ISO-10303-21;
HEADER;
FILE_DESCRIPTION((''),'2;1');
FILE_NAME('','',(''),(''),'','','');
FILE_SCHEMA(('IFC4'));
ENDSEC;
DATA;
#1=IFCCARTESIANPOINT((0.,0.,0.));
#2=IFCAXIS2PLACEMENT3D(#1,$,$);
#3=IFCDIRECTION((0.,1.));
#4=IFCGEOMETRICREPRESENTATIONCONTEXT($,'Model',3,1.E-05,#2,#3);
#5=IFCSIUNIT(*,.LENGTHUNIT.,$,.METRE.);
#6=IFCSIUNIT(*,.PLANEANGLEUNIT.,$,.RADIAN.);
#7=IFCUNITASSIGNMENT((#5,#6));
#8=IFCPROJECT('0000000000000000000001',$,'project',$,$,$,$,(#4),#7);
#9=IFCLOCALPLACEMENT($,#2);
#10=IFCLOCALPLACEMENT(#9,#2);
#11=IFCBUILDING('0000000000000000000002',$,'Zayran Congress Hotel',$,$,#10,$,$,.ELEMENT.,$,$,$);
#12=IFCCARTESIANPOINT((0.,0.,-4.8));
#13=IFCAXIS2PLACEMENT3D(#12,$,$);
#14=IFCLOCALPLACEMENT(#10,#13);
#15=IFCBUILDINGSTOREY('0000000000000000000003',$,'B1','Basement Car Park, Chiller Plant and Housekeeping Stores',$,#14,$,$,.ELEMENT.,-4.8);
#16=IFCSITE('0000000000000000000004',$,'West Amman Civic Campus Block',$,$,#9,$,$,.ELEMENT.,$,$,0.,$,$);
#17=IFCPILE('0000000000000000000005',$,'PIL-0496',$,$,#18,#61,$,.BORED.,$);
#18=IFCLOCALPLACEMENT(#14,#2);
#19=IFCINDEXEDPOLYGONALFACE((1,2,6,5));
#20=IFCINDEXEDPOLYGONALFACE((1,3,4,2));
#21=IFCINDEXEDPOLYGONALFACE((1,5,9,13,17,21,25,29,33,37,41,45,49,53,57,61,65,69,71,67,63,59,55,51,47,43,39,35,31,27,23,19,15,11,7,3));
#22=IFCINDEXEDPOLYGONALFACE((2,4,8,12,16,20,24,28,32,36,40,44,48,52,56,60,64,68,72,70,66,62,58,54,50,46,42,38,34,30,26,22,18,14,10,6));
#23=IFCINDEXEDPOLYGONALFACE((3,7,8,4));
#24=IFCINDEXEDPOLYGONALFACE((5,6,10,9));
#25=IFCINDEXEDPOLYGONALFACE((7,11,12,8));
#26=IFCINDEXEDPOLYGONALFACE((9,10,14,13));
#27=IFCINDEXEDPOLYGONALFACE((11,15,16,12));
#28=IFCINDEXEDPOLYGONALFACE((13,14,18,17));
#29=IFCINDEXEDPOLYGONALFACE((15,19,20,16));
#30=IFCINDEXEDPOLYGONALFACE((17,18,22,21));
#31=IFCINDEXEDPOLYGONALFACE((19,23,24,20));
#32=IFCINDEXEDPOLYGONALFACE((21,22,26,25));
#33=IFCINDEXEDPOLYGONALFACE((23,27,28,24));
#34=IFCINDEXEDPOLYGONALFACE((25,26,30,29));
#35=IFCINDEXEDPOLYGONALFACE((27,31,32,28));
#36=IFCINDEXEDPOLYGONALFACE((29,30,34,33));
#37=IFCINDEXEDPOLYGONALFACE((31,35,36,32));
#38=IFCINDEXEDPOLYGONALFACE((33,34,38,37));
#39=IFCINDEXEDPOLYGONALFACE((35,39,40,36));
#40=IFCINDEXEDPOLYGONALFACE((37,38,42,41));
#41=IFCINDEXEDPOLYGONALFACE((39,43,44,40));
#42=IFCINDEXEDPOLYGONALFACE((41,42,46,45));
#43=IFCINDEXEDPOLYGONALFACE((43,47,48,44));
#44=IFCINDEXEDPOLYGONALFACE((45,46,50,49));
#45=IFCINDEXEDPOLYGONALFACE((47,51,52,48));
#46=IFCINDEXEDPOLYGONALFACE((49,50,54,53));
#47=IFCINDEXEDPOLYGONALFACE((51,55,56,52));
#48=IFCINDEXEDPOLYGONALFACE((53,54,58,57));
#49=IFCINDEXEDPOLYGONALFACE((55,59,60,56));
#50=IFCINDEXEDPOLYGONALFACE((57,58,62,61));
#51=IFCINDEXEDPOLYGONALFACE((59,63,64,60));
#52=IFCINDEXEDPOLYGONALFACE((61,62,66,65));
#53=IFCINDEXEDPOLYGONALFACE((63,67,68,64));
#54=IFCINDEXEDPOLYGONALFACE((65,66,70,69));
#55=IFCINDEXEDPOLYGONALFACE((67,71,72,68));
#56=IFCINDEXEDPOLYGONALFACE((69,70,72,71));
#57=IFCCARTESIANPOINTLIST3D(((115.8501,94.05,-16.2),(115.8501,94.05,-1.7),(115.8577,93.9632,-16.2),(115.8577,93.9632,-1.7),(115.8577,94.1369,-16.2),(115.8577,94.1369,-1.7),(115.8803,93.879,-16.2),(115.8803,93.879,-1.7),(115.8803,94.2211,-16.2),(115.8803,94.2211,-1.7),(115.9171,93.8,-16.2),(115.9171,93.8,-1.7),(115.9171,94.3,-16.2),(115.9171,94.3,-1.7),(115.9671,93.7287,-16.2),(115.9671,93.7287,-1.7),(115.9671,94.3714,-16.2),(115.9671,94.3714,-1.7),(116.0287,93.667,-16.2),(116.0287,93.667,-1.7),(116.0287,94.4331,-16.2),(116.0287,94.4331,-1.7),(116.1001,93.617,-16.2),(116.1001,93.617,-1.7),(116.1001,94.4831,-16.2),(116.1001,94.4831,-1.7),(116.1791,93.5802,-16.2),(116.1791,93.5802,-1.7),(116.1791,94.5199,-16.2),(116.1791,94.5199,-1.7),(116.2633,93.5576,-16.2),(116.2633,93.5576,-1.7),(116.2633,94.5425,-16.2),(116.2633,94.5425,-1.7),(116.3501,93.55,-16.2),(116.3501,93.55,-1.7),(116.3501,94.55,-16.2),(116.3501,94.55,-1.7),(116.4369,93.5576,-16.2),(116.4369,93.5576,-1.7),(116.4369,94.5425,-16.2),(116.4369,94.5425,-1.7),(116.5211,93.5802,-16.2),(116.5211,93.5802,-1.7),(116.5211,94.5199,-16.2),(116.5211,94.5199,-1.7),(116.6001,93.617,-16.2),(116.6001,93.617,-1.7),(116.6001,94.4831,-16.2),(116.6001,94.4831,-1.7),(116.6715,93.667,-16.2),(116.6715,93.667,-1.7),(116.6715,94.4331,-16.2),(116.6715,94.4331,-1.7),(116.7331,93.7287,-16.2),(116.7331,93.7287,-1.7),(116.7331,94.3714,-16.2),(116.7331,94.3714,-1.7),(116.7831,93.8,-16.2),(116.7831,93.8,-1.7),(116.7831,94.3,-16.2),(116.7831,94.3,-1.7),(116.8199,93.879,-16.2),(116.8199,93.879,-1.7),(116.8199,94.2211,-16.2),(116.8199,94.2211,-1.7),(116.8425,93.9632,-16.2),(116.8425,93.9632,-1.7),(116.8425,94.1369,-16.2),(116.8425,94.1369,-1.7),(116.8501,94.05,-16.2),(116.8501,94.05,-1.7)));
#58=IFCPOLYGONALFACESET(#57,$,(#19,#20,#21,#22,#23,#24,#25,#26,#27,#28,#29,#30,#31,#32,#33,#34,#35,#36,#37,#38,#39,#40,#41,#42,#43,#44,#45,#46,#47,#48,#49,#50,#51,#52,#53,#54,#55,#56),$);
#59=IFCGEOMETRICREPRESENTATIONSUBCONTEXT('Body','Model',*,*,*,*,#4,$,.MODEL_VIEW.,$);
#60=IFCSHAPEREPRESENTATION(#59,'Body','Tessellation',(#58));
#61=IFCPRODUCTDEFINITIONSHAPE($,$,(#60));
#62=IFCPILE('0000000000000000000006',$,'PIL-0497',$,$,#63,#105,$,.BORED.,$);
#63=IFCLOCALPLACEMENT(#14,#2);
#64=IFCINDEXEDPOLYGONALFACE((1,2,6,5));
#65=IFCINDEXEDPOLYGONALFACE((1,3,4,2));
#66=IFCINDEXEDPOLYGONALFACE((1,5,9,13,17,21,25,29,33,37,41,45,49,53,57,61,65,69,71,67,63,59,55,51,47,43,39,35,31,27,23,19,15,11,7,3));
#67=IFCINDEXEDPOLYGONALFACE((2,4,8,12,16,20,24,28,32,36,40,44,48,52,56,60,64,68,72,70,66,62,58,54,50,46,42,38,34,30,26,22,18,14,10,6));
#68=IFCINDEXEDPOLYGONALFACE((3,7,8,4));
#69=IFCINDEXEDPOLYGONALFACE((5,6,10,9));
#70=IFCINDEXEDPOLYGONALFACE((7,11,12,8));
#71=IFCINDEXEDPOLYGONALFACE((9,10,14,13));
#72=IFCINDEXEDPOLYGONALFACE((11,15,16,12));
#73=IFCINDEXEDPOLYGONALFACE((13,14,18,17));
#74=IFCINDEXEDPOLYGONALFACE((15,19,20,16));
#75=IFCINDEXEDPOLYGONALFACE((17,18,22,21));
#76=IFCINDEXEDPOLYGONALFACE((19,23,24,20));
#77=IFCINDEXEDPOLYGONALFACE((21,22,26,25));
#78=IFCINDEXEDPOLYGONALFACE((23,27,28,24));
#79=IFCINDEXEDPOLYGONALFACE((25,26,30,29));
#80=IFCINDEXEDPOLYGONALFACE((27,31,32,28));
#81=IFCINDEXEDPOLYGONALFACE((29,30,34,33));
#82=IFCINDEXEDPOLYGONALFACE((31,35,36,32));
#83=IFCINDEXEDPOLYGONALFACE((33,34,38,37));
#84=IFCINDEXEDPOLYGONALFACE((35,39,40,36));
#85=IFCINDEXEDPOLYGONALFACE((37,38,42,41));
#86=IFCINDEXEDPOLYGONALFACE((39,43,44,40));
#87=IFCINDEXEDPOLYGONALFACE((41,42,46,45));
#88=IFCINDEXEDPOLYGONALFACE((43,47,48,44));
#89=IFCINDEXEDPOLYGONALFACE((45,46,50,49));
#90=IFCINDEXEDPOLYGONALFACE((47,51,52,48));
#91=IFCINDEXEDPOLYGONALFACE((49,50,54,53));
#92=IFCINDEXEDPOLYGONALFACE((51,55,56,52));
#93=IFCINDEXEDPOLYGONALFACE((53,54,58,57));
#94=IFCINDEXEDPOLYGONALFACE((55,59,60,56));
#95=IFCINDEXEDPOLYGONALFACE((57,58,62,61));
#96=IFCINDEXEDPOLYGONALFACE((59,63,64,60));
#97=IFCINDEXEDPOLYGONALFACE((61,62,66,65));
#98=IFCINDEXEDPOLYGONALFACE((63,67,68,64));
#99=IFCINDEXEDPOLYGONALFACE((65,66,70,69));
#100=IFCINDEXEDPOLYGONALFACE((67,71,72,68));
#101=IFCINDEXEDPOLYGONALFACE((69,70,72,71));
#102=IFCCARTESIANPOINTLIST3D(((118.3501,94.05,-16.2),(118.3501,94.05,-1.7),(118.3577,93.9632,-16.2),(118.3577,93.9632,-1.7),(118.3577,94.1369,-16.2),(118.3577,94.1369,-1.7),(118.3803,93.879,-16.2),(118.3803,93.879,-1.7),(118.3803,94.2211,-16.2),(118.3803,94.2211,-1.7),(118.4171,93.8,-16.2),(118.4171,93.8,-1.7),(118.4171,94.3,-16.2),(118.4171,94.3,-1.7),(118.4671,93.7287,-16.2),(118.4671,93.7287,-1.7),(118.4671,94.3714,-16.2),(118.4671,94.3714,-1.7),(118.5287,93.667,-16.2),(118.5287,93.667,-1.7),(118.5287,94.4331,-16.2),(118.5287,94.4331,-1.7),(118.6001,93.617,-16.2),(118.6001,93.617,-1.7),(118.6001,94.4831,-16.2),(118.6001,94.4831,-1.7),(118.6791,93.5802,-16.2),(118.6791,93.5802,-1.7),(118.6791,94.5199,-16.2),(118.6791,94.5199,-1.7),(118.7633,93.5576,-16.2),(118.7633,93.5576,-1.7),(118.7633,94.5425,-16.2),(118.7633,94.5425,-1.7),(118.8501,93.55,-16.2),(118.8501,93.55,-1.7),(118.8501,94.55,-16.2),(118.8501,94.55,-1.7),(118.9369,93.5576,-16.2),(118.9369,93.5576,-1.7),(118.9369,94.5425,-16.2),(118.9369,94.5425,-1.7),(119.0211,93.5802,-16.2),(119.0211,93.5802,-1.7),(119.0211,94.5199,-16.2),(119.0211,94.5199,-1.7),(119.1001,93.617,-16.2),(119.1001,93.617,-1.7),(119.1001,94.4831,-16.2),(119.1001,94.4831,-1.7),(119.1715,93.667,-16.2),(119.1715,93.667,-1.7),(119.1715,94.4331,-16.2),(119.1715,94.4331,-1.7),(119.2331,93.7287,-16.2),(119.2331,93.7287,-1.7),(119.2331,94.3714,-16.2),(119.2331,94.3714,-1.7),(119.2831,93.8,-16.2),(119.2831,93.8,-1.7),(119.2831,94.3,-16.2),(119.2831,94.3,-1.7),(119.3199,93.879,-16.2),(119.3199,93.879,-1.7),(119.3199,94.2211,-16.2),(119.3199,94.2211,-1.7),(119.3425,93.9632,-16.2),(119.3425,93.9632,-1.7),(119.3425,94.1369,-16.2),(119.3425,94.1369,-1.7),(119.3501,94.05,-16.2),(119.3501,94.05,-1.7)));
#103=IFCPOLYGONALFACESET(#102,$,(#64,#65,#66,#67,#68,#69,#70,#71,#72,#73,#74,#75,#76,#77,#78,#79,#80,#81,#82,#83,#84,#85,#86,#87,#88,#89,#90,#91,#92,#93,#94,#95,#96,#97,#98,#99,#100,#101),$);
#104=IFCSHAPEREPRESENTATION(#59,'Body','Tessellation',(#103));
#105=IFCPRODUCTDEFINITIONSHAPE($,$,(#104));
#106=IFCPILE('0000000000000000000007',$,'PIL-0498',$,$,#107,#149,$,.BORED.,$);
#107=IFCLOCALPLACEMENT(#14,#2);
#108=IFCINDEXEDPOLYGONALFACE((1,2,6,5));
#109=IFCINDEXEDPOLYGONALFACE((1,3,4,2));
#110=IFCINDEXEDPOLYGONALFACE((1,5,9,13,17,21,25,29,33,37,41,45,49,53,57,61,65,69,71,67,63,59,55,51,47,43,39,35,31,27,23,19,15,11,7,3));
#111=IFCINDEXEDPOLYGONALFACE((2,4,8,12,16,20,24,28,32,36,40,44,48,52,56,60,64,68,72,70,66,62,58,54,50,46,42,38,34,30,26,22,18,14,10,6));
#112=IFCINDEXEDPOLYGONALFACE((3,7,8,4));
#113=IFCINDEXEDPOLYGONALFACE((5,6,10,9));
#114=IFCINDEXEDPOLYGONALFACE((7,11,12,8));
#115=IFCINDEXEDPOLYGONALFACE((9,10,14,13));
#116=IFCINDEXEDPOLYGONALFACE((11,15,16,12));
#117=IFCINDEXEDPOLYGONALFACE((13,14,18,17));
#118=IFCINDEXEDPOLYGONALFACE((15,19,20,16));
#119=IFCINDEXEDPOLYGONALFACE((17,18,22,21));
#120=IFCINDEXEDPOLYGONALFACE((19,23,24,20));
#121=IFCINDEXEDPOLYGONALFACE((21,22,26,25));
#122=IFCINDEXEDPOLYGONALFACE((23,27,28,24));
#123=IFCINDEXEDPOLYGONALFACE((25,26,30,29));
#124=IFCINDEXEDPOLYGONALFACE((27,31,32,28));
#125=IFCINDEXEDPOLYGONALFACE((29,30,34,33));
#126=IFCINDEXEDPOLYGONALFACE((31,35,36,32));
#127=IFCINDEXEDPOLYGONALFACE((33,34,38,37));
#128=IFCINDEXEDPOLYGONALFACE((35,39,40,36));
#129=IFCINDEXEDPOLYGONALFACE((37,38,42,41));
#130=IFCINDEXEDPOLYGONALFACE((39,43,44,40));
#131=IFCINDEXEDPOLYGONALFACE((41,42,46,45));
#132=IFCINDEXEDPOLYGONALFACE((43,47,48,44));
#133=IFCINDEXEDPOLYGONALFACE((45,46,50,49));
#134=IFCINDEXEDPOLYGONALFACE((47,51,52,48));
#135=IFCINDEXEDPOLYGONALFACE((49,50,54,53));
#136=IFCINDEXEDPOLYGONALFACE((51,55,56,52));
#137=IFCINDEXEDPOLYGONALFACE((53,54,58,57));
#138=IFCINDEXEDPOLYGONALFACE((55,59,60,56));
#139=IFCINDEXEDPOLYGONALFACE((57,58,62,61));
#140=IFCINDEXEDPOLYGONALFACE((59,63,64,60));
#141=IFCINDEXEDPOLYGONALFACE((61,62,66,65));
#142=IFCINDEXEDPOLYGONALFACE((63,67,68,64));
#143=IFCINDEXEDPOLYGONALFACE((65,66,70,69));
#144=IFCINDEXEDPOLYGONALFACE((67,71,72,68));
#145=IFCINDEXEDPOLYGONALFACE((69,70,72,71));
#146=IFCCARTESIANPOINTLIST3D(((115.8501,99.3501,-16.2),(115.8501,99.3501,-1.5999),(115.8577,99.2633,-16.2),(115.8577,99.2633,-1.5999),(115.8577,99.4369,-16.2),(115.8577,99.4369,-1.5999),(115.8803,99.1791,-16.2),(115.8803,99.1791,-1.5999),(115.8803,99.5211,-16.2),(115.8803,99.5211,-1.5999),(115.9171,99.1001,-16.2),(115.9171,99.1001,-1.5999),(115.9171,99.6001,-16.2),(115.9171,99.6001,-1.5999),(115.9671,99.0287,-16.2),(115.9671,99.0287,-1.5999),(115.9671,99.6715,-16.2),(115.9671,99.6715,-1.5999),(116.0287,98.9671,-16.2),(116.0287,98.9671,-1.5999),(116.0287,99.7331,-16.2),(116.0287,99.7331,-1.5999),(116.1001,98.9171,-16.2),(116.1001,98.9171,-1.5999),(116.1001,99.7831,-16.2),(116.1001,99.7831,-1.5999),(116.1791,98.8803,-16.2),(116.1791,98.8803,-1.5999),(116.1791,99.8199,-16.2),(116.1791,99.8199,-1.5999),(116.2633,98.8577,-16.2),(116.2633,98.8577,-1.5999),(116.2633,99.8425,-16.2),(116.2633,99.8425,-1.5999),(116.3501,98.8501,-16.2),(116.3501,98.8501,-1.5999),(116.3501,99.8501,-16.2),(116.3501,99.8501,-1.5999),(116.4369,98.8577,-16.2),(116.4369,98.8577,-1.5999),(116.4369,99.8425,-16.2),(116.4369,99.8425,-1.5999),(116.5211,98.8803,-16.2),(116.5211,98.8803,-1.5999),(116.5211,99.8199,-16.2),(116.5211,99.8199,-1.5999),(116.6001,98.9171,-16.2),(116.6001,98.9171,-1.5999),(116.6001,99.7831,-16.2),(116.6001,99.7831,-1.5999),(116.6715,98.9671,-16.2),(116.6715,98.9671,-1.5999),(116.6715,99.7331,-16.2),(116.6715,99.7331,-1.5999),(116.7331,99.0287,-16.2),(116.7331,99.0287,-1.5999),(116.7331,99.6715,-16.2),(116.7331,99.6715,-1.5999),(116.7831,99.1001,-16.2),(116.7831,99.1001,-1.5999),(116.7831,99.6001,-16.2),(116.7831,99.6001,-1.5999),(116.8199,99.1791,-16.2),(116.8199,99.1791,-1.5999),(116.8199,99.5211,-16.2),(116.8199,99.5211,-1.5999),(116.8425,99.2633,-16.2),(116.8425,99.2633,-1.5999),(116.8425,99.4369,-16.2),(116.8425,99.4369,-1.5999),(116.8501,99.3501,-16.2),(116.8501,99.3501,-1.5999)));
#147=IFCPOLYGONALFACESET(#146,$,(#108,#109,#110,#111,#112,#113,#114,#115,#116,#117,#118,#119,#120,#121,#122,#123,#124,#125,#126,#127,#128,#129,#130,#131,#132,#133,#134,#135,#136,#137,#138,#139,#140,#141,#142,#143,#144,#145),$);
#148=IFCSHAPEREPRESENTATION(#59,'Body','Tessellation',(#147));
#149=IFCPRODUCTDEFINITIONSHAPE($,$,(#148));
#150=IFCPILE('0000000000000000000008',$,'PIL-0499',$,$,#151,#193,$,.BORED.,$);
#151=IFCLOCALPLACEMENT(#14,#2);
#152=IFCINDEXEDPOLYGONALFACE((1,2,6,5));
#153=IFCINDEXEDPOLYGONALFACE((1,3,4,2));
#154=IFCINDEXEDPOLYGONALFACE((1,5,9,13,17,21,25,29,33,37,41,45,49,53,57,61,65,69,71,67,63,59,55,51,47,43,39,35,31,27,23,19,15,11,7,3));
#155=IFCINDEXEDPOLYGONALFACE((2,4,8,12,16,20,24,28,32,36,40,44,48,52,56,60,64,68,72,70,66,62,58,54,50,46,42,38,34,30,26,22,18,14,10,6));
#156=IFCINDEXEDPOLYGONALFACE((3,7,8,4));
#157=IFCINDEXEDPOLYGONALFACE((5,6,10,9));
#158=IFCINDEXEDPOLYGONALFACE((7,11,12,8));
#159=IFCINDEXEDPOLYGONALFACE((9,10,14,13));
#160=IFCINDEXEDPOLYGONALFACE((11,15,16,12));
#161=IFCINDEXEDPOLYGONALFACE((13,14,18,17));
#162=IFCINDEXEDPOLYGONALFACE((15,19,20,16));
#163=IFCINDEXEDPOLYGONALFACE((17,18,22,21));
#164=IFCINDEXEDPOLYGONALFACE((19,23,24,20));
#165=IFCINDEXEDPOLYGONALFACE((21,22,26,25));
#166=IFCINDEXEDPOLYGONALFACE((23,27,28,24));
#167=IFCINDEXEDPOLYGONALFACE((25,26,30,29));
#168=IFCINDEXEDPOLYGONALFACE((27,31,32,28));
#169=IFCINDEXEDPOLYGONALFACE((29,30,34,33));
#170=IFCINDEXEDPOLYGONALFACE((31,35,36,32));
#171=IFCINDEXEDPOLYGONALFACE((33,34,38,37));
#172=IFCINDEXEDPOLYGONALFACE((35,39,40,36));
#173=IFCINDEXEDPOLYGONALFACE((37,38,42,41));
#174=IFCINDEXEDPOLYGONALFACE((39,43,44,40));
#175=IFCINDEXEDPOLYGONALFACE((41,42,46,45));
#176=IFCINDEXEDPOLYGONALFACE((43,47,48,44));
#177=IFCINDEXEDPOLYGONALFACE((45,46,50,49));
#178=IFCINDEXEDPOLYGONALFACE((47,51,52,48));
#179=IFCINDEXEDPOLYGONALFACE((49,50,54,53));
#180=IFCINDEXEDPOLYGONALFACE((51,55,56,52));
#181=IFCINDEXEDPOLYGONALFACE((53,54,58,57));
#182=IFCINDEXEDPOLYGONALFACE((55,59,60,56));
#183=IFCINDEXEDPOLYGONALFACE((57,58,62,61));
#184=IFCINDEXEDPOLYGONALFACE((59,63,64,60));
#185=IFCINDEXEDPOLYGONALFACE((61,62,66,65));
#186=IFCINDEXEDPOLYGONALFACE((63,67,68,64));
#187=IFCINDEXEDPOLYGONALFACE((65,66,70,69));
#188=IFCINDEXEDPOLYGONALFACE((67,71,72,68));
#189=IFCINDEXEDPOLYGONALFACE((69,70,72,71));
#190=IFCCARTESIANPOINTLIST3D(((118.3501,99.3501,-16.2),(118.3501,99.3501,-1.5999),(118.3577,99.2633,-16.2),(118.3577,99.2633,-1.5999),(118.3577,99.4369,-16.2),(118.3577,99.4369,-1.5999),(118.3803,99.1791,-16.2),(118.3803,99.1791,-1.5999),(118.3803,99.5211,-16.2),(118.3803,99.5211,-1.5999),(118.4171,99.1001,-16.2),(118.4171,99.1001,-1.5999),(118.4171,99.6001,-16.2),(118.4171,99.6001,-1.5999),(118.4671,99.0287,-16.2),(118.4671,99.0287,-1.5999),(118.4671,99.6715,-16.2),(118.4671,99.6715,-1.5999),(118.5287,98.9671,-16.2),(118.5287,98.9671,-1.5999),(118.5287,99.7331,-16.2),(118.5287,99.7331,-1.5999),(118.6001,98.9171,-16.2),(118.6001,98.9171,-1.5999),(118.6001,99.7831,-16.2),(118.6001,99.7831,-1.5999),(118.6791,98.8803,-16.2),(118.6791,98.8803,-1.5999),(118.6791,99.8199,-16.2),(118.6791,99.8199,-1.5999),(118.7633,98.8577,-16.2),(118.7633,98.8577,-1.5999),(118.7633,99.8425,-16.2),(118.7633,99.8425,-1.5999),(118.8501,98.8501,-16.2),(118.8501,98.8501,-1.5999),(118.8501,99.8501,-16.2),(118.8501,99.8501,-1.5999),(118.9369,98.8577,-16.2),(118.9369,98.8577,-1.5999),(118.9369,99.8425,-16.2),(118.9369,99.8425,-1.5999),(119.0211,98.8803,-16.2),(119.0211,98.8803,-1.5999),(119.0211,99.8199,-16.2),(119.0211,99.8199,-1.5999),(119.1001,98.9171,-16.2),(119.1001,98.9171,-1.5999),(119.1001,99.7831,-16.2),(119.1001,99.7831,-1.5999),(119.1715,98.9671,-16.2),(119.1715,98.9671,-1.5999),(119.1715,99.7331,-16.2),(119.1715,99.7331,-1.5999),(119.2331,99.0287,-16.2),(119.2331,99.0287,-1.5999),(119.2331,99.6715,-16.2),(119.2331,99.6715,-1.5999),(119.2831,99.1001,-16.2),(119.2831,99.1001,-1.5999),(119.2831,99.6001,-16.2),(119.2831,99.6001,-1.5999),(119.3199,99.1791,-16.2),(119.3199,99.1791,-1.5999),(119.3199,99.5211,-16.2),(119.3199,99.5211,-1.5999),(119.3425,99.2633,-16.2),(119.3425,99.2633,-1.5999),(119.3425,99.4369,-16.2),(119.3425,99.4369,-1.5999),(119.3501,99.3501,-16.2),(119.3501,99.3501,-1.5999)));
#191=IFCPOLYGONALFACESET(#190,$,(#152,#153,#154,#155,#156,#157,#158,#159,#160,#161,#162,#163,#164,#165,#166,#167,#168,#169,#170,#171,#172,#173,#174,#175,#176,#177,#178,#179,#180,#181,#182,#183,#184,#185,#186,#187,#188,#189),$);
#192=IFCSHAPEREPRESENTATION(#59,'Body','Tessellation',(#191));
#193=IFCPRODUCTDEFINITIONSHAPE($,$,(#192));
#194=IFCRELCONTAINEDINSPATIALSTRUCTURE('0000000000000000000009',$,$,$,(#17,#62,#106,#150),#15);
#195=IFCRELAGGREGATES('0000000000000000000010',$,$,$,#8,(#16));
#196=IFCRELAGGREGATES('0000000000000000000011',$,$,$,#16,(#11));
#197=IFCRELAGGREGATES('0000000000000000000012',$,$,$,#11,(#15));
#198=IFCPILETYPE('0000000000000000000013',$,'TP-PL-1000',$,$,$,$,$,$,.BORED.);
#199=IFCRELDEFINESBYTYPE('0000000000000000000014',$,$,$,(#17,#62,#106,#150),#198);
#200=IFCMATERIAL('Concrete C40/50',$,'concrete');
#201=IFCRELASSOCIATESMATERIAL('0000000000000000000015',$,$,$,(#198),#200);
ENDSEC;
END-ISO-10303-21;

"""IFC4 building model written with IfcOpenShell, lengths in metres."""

from ifc_helpers import new_model, si_unit, direction, frame, origin, origin_2d, place, context, subcontext, project, spatial, circle, extrude, material, material_profile, profile_set, type_object, element, save


model = new_model("IFC4")

# Units and contexts
model_context = context("Model", 3, precision=1e-05, world=origin(), true_north=direction((0.0, 1.0)))
body_context = subcontext(model_context, "Body", "Model", "MODEL_VIEW")
ifc_project = project(units=[si_unit("LENGTHUNIT", "METRE"), si_unit("PLANEANGLEUNIT", "RADIAN")], contexts=[model_context])

# Site, building, storey
site_placement = place(None, origin())
site = spatial("IfcSite", under=ifc_project, at=site_placement, Name="West Amman Civic Campus Block", CompositionType="ELEMENT", RefElevation=0.0)
building_placement = place(site_placement, origin())
building = spatial("IfcBuilding", under=site, at=building_placement, Name="Zayran Congress Hotel", CompositionType="ELEMENT")
storey_placement = place(building_placement, frame((0.0, 0.0, -4.8)))
storey = spatial("IfcBuildingStorey", under=building, at=storey_placement, Name="B1", Description="Basement Car Park, Chiller Plant and Housekeeping Stores", CompositionType="ELEMENT", Elevation=-4.8)

# Piles
ifc_material = material(Name="Concrete C40/50", Category="concrete")
ifc_material_profile_1 = material_profile(ifc_material, circle(Radius=0.5, at=origin_2d()), Name="PILE D1000")
ifc_profile_set_1 = profile_set([ifc_material_profile_1], Name="Concrete C40/50")
pile_type = type_object("IfcPileType", Name="TP-PL-1000", PredefinedType="BORED", material=ifc_profile_set_1)
for number, where, z_axis, x_axis, name in (
    (1, (116.3501, 94.05, -1.7), (0.0, 0.0, -1.0), (1.0, 0.0, 0.0), "PIL-0496"),
    (2, (118.8501, 94.05, -1.7), (0.0, 0.0, -1.0), (1.0, 0.0, 0.0), "PIL-0497"),
):
    element("IfcPile", number, at=place(storey_placement, frame(where, z_axis=z_axis, x_axis=x_axis)), inside=storey, type_object=pile_type, Name=name, PredefinedType="BORED", context=body_context, shape_type="SweptSolid", body=[
        extrude(circle(Radius=0.5, at=origin_2d()), origin(), (0.0, 0.0, 1.0), 14.5),
    ])
for number, where, z_axis, x_axis, name in (
    (3, (116.3501, 99.3501, -1.5999), (0.0, 0.0, -1.0), (1.0, 0.0, 0.0), "PIL-0498"),
    (4, (118.8501, 99.3501, -1.5999), (0.0, 0.0, -1.0), (1.0, 0.0, 0.0), "PIL-0499"),
):
    element("IfcPile", number, at=place(storey_placement, frame(where, z_axis=z_axis, x_axis=x_axis)), inside=storey, type_object=pile_type, Name=name, PredefinedType="BORED", context=body_context, shape_type="SweptSolid", body=[
        extrude(circle(Radius=0.5, at=origin_2d()), origin(), (0.0, 0.0, 1.0), 14.6001),
    ])

save(model, "model.ifc")
